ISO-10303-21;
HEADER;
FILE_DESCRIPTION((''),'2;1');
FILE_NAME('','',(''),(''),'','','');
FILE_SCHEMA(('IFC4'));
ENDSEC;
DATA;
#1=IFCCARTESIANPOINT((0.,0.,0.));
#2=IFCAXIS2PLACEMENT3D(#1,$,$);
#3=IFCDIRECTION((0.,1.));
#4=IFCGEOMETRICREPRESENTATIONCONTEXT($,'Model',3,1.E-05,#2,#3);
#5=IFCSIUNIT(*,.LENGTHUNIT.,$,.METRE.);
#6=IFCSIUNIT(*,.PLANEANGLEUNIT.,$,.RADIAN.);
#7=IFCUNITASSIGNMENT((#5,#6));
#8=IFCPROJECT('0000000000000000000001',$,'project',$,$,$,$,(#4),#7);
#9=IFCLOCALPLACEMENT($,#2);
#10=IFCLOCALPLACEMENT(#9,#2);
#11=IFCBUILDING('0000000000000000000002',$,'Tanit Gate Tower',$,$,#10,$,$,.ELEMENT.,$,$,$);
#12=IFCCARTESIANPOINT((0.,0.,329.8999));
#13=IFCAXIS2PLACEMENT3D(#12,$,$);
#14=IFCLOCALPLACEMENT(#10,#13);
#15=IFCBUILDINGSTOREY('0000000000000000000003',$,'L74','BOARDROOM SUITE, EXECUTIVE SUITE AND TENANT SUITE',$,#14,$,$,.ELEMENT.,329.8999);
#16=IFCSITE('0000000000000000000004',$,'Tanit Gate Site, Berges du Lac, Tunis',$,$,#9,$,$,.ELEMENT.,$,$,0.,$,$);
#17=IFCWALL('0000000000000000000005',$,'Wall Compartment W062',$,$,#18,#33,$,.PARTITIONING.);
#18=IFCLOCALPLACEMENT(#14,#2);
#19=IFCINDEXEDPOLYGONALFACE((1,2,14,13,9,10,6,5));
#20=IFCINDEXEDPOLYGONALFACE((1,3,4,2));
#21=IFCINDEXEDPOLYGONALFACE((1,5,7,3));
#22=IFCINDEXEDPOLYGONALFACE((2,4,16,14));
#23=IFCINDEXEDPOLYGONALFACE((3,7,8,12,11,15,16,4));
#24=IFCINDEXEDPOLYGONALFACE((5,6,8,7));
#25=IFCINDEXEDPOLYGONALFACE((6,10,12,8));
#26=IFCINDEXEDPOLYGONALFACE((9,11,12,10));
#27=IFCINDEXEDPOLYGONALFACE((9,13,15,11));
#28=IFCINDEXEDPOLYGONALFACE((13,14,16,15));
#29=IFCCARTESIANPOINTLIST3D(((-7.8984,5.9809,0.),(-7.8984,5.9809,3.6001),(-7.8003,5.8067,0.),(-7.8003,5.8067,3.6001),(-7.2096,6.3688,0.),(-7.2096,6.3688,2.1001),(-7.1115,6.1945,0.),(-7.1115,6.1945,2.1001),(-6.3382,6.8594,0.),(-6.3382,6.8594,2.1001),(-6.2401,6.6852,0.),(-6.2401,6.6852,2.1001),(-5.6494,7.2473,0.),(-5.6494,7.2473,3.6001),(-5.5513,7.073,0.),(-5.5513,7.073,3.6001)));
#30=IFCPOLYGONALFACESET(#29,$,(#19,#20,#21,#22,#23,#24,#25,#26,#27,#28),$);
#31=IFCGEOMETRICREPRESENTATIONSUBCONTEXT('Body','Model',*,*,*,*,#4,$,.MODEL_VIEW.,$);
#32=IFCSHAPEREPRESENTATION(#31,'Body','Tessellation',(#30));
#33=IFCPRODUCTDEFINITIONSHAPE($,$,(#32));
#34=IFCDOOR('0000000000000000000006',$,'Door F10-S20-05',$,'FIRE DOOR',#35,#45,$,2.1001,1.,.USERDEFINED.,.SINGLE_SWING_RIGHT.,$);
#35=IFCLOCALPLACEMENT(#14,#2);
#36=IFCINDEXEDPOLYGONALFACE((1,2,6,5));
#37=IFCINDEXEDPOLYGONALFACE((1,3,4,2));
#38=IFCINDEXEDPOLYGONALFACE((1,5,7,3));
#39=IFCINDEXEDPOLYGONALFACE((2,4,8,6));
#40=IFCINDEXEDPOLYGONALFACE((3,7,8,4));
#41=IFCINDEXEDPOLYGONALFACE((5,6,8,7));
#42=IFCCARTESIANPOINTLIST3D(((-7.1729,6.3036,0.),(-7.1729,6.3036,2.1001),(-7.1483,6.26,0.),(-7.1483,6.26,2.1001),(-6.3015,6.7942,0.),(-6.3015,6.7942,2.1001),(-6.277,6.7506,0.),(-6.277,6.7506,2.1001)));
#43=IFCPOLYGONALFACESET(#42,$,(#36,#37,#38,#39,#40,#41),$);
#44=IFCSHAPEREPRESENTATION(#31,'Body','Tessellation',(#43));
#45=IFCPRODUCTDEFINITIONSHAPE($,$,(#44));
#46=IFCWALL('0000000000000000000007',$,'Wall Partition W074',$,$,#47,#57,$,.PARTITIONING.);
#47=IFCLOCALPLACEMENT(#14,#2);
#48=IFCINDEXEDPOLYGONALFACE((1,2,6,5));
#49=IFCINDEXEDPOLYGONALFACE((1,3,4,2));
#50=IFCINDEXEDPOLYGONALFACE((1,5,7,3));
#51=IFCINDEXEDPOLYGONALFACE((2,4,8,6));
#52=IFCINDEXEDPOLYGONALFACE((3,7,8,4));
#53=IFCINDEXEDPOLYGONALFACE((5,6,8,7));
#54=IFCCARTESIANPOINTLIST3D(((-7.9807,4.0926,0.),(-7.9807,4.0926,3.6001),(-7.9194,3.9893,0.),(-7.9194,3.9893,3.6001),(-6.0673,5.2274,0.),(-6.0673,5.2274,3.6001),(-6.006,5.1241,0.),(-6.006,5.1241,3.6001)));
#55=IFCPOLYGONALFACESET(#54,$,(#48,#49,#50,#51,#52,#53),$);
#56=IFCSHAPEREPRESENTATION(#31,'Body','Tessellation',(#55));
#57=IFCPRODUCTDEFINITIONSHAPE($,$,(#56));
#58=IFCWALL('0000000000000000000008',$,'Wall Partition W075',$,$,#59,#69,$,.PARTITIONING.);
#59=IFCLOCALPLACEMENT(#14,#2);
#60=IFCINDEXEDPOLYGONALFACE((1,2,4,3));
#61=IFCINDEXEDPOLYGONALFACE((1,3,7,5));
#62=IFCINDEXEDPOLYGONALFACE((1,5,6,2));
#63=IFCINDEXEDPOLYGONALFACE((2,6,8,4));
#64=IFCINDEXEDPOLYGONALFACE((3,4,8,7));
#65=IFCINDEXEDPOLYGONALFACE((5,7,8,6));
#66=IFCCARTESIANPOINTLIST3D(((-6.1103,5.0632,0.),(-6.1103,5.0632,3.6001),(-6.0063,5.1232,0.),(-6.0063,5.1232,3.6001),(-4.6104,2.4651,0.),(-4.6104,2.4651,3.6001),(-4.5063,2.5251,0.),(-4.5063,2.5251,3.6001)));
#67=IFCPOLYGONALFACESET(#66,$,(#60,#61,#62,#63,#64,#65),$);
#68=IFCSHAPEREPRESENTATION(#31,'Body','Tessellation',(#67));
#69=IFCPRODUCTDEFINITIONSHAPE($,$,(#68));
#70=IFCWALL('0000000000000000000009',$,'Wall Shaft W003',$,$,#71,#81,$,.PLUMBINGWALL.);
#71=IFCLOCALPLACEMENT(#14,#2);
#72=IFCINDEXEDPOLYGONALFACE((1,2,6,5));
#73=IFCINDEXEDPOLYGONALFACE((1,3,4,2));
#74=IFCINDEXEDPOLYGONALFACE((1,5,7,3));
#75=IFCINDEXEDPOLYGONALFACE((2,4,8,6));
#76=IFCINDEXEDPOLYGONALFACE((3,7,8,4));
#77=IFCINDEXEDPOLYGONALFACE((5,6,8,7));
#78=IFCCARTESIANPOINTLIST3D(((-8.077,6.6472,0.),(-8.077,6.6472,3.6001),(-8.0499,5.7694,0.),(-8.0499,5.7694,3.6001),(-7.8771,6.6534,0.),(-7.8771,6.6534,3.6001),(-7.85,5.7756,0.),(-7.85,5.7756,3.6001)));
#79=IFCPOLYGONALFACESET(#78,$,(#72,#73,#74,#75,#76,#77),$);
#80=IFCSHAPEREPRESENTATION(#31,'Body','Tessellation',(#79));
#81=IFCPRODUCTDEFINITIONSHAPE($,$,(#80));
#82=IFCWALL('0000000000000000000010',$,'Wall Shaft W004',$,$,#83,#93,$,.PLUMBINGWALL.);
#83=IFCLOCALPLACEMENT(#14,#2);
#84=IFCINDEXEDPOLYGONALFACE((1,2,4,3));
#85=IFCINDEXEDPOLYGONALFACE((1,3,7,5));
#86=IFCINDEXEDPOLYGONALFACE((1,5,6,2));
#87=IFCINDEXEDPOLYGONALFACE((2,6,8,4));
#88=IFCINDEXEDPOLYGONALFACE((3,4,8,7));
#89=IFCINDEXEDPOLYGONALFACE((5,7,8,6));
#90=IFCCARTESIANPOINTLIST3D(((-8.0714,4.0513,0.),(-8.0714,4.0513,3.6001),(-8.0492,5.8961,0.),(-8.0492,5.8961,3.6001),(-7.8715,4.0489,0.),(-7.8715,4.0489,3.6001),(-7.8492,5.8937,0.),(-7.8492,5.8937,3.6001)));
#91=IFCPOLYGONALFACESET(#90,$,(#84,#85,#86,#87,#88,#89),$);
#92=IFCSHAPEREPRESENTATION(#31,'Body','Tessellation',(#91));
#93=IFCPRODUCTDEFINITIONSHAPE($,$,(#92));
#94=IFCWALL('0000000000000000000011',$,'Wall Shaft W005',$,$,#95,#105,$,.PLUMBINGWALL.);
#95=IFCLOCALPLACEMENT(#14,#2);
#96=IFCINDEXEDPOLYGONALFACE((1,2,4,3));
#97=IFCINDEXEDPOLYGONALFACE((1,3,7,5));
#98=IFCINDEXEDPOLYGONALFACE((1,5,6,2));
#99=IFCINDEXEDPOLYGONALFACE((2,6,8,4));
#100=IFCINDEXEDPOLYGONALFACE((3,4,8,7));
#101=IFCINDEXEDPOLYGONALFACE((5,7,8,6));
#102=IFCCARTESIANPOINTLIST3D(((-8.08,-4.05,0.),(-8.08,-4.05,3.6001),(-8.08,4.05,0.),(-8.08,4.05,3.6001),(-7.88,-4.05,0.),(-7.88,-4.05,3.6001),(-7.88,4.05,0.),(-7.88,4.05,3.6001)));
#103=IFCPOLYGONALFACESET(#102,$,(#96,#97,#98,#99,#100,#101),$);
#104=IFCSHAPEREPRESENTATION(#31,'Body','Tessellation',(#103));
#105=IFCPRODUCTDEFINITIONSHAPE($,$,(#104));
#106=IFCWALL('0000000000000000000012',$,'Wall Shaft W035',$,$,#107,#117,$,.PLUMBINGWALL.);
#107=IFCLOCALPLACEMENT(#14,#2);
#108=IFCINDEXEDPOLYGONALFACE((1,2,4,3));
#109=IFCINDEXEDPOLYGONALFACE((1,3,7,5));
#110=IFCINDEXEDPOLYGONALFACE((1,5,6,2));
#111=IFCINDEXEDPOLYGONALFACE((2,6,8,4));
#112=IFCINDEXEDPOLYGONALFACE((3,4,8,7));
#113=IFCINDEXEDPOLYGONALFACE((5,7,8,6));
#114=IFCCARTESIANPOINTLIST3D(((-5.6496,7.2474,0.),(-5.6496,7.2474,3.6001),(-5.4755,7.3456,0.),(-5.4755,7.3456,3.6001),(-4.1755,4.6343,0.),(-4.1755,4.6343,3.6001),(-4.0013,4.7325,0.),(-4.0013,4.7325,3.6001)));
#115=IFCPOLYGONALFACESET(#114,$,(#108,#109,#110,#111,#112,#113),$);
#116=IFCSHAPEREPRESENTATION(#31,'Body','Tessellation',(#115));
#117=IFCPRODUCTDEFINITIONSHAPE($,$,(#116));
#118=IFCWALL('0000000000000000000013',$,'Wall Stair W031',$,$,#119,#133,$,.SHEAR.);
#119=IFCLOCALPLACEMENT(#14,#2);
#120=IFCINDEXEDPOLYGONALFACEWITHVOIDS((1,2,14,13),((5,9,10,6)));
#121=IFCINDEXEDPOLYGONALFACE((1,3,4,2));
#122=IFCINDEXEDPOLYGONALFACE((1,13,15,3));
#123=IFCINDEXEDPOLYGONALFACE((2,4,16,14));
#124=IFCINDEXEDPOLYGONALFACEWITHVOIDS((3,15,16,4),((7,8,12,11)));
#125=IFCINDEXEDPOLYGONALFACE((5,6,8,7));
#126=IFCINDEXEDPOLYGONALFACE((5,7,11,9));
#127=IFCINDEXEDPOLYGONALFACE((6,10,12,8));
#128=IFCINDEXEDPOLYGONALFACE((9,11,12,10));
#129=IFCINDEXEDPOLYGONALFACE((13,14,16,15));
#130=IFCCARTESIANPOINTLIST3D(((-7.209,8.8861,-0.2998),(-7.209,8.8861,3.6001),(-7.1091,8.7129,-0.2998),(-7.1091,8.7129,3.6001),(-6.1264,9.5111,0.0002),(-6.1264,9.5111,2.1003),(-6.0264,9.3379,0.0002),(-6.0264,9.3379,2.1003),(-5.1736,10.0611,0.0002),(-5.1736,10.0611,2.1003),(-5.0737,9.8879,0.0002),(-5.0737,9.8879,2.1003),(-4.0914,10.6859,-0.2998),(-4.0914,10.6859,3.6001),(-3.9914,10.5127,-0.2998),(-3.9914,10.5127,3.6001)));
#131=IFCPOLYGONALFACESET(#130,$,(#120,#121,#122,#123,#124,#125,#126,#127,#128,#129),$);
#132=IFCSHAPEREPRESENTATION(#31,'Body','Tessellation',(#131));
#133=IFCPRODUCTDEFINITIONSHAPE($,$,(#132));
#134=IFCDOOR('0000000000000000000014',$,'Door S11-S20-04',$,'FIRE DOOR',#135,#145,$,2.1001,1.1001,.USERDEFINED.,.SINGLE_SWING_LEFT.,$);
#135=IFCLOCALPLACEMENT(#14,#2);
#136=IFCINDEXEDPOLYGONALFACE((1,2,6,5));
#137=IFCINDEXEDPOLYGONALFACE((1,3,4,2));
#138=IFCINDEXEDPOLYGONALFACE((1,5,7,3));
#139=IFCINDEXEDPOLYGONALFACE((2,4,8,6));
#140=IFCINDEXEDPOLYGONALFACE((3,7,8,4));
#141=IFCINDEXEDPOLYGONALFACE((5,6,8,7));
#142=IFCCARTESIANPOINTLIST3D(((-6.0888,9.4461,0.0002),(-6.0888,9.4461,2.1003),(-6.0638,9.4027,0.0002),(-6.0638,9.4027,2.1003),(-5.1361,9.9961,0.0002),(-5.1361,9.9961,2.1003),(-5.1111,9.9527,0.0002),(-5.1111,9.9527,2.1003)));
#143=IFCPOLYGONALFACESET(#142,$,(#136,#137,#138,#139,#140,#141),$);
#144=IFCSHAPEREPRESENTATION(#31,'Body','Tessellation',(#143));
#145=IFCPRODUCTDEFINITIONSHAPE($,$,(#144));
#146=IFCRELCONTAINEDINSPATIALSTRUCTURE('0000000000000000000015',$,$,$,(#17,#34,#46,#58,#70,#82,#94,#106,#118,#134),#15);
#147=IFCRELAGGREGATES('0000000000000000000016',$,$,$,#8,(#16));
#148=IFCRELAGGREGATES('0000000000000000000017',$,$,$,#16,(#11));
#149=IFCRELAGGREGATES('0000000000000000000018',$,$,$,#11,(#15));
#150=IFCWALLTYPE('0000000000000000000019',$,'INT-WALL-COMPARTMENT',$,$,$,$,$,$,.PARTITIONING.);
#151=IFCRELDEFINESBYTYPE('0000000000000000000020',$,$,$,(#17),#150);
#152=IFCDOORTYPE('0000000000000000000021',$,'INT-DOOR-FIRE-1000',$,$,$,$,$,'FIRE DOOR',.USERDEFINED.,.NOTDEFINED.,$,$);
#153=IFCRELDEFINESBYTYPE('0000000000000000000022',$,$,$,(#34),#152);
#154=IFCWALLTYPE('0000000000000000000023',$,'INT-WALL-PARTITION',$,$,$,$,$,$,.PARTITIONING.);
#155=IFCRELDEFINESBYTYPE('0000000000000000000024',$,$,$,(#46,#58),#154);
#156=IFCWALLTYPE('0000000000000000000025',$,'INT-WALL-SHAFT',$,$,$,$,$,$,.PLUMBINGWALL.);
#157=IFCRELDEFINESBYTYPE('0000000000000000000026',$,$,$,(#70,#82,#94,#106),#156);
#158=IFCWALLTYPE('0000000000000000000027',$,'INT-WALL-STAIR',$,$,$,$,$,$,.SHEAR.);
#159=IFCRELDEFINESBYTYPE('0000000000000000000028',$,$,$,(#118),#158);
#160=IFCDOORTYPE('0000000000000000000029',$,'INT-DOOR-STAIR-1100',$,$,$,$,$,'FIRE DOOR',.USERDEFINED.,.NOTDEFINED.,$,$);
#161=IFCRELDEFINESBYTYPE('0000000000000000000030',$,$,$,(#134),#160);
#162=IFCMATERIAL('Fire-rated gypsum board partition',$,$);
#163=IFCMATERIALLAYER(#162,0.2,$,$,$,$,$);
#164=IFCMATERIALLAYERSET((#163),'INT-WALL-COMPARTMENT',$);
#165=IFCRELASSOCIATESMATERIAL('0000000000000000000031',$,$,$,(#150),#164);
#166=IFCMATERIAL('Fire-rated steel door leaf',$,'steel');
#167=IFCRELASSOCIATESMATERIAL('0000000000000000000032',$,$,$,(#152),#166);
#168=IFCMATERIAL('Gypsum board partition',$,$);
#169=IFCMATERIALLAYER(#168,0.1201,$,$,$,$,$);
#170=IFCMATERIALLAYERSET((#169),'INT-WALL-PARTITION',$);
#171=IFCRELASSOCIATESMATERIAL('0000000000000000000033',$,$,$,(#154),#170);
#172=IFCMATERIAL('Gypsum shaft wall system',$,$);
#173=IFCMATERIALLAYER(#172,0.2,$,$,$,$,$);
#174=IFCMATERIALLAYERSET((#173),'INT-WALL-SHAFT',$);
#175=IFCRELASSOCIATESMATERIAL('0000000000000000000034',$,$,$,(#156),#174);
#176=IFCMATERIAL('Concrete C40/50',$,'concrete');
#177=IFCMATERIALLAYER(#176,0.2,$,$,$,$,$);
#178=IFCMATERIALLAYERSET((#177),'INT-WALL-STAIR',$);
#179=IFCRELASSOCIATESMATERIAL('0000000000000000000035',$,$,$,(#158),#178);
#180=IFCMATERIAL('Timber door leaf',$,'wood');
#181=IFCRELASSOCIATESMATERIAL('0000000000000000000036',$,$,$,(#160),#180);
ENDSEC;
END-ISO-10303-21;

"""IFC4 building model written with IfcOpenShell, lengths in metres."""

from ifc_helpers import new_model, si_unit, direction, frame, frame_2d, origin, place, context, subcontext, project, spatial, rectangle, extrude, material, layer, layer_set, type_object, element, fill, save


model = new_model("IFC4")

# Units and contexts
model_context = context("Model", 3, precision=1e-05, world=origin(), true_north=direction((0.0, 1.0)))
body_context = subcontext(model_context, "Body", "Model", "MODEL_VIEW")
ifc_project = project(units=[si_unit("LENGTHUNIT", "METRE"), si_unit("PLANEANGLEUNIT", "RADIAN")], contexts=[model_context])

# Site, building, storey
site_placement = place(None, origin())
site = spatial("IfcSite", under=ifc_project, at=site_placement, Name="Tanit Gate Site, Berges du Lac, Tunis", CompositionType="ELEMENT", RefElevation=0.0)
building_placement = place(site_placement, origin())
building = spatial("IfcBuilding", under=site, at=building_placement, Name="Tanit Gate Tower", CompositionType="ELEMENT")
storey_placement = place(building_placement, frame((0.0, 0.0, 329.8999)))
storey = spatial("IfcBuildingStorey", under=building, at=storey_placement, Name="L74", Description="BOARDROOM SUITE, EXECUTIVE SUITE AND TENANT SUITE", CompositionType="ELEMENT", Elevation=329.8999)

# Wall, opening, door
ifc_material_1 = material(Name="Fire-rated gypsum board partition")
ifc_layer_1 = layer(ifc_material_1, 0.2)
ifc_layer_set_1 = layer_set([ifc_layer_1], Name="INT-WALL-COMPARTMENT")
wall_type_1 = type_object("IfcWallType", Name="INT-WALL-COMPARTMENT", PredefinedType="PARTITIONING", material=ifc_layer_set_1)
wall_1_placement = place(storey_placement, frame((-5.6003, 7.1602, 0.0), z_axis=(0.0, 0.0, 1.0), x_axis=(-0.871363, -0.490638, 0.0)))
wall_1 = element("IfcWall", 1, at=wall_1_placement, inside=storey, type_object=wall_type_1, Name="Wall Compartment W062", PredefinedType="PARTITIONING", context=body_context, shape_type="SweptSolid", body=[
    extrude(rectangle(XDim=2.5811, YDim=0.2, at=frame_2d((1.2905, 0.0))), origin(), (0.0, 0.0, 1.0), 3.6001),
])
opening_1_placement = place(wall_1_placement, frame((0.7905, 0.0, 0.0)))
opening_1 = element("IfcOpeningElement", 2, at=opening_1_placement, cuts=wall_1, PredefinedType="OPENING", context=body_context, shape_type="SweptSolid", body=[
    extrude(rectangle(XDim=1.0, YDim=2.1001, at=frame_2d((0.5, 1.05))), frame((0.0, 0.1099, 0.0), z_axis=(0.0, -1.0, 0.0), x_axis=(1.0, 0.0, 0.0)), (0.0, 0.0, 1.0), 0.22),
])
ifc_material_2 = material(Name="Fire-rated steel door leaf", Category="steel")
door_type_1 = type_object("IfcDoorType", Name="INT-DOOR-FIRE-1000", ElementType="FIRE DOOR", OperationType="NOTDEFINED", PredefinedType="USERDEFINED", material=ifc_material_2)
door_1_placement = place(opening_1_placement, origin())
door_1 = element("IfcDoor", 3, at=door_1_placement, inside=storey, type_object=door_type_1, Name="Door F10-S20-05", ObjectType="FIRE DOOR", OperationType="SINGLE_SWING_RIGHT", OverallHeight=2.1001, OverallWidth=1.0, PredefinedType="USERDEFINED", context=body_context, shape_type="SweptSolid", body=[
    extrude(rectangle(XDim=1.0, YDim=2.1001, at=frame_2d((0.5, 1.05))), frame((0.0, 0.0249, 0.0), z_axis=(0.0, -1.0, 0.0), x_axis=(1.0, 0.0, 0.0)), (0.0, 0.0, 1.0), 0.05),
])
fill(opening_1, door_1)

# Walls
ifc_material_3 = material(Name="Gypsum board partition")
ifc_layer_2 = layer(ifc_material_3, 0.1201)
ifc_layer_set_2 = layer_set([ifc_layer_2], Name="INT-WALL-PARTITION")
wall_type_2 = type_object("IfcWallType", Name="INT-WALL-PARTITION", PredefinedType="PARTITIONING", material=ifc_layer_set_2)
wall_2_placement = place(storey_placement, frame((-6.0366, 5.1758, 0.0), z_axis=(0.0, 0.0, 1.0), x_axis=(-0.860106, -0.510115, 0.0)))
element("IfcWall", 4, at=wall_2_placement, inside=storey, type_object=wall_type_2, Name="Wall Partition W074", PredefinedType="PARTITIONING", context=body_context, shape_type="SweptSolid", body=[
    extrude(rectangle(XDim=2.2246, YDim=0.1201, at=frame_2d((1.1123, 0.0))), origin(), (0.0, 0.0, 1.0), 3.6001),
])
wall_3_placement = place(storey_placement, frame((-4.5583, 2.4951, 0.0), z_axis=(0.0, 0.0, 1.0), x_axis=(-0.49999, 0.866031, 0.0)))
element("IfcWall", 5, at=wall_3_placement, inside=storey, type_object=wall_type_2, Name="Wall Partition W075", PredefinedType="PARTITIONING", context=body_context, shape_type="SweptSolid", body=[
    extrude(rectangle(XDim=3.0, YDim=0.1201, at=frame_2d((1.5, 0.0))), origin(), (0.0, 0.0, 1.0), 3.6001),
])
ifc_material_4 = material(Name="Gypsum shaft wall system")
ifc_layer_3 = layer(ifc_material_4, 0.2)
ifc_layer_set_3 = layer_set([ifc_layer_3], Name="INT-WALL-SHAFT")
wall_type_3 = type_object("IfcWallType", Name="INT-WALL-SHAFT", PredefinedType="PLUMBINGWALL", material=ifc_layer_set_3)
wall_4_placement = place(storey_placement, frame((-7.9771, 6.6501, 0.0), z_axis=(0.0, 0.0, 1.0), x_axis=(0.030862, -0.999524, 0.0)))
element("IfcWall", 6, at=wall_4_placement, inside=storey, type_object=wall_type_3, Name="Wall Shaft W003", PredefinedType="PLUMBINGWALL", context=body_context, shape_type="SweptSolid", body=[
    extrude(rectangle(XDim=0.8782, YDim=0.2, at=frame_2d((0.439, 0.0))), origin(), (0.0, 0.0, 1.0), 3.6001),
])
wall_5_placement = place(storey_placement, frame((-7.9492, 5.8948, 0.0), z_axis=(0.0, 0.0, 1.0), x_axis=(-0.012043, -0.999927, 0.0)))
element("IfcWall", 7, at=wall_5_placement, inside=storey, type_object=wall_type_3, Name="Wall Shaft W004", PredefinedType="PLUMBINGWALL", context=body_context, shape_type="SweptSolid", body=[
    extrude(rectangle(XDim=1.845, YDim=0.2, at=frame_2d((0.9224, 0.0))), origin(), (0.0, 0.0, 1.0), 3.6001),
])
wall_6_placement = place(storey_placement, frame((-7.98, 4.05, 0.0), z_axis=(0.0, 0.0, 1.0), x_axis=(0.0, -1.0, 0.0)))
element("IfcWall", 8, at=wall_6_placement, inside=storey, type_object=wall_type_3, Name="Wall Shaft W005", PredefinedType="PLUMBINGWALL", context=body_context, shape_type="SweptSolid", body=[
    extrude(rectangle(XDim=8.1001, YDim=0.2, at=frame_2d((4.05, 0.0))), origin(), (0.0, 0.0, 1.0), 3.6001),
])

# Wall
wall_7_placement = place(storey_placement, frame((-5.5625, 7.2964, 0.0), z_axis=(0.0, 0.0, 1.0), x_axis=(0.491347, -0.870964, 0.0)))
element("IfcWall", 9, at=wall_7_placement, inside=storey, type_object=wall_type_3, Name="Wall Shaft W035", PredefinedType="PLUMBINGWALL", context=body_context, shape_type="SweptSolid", body=[
    extrude(rectangle(XDim=3.0002, YDim=0.2, at=frame_2d((1.5, 0.0))), origin(), (0.0, 0.0, 1.0), 3.6001),
])

# Wall, opening, door
ifc_material_5 = material(Name="Concrete C40/50", Category="concrete")
ifc_layer_4 = layer(ifc_material_5, 0.2)
ifc_layer_set_4 = layer_set([ifc_layer_4], Name="INT-WALL-STAIR")
wall_type_4 = type_object("IfcWallType", Name="INT-WALL-STAIR", PredefinedType="SHEAR", material=ifc_layer_set_4)
wall_8_placement = place(storey_placement, frame((-7.1589, 8.7996, -0.2998), z_axis=(0.0, 0.0, 1.0), x_axis=(0.866048, 0.499961, 0.0)))
wall_8 = element("IfcWall", 10, at=wall_8_placement, inside=storey, type_object=wall_type_4, Name="Wall Stair W031", PredefinedType="SHEAR", context=body_context, shape_type="SweptSolid", body=[
    extrude(rectangle(XDim=3.5999, YDim=0.2, at=frame_2d((1.7998, 0.0))), origin(), (0.0, 0.0, 1.0), 3.8999),
])
opening_2_placement = place(wall_8_placement, frame((1.25, 0.0, 0.3)))
opening_2 = element("IfcOpeningElement", 11, at=opening_2_placement, cuts=wall_8, PredefinedType="OPENING", context=body_context, shape_type="SweptSolid", body=[
    extrude(rectangle(XDim=1.1001, YDim=2.1001, at=frame_2d((0.55, 1.05))), frame((0.0, 0.1099, 0.0), z_axis=(0.0, -1.0, 0.0), x_axis=(1.0, 0.0, 0.0)), (0.0, 0.0, 1.0), 0.22),
])
ifc_material_6 = material(Name="Timber door leaf", Category="wood")
door_type_2 = type_object("IfcDoorType", Name="INT-DOOR-STAIR-1100", ElementType="FIRE DOOR", OperationType="NOTDEFINED", PredefinedType="USERDEFINED", material=ifc_material_6)
door_2_placement = place(opening_2_placement, origin())
door_2 = element("IfcDoor", 12, at=door_2_placement, inside=storey, type_object=door_type_2, Name="Door S11-S20-04", ObjectType="FIRE DOOR", OperationType="SINGLE_SWING_LEFT", OverallHeight=2.1001, OverallWidth=1.1001, PredefinedType="USERDEFINED", context=body_context, shape_type="SweptSolid", body=[
    extrude(rectangle(XDim=1.1001, YDim=2.1001, at=frame_2d((0.55, 1.05))), frame((0.0, 0.0249, 0.0), z_axis=(0.0, -1.0, 0.0), x_axis=(1.0, 0.0, 0.0)), (0.0, 0.0, 1.0), 0.05),
])
fill(opening_2, door_2)

save(model, "model.ifc")
